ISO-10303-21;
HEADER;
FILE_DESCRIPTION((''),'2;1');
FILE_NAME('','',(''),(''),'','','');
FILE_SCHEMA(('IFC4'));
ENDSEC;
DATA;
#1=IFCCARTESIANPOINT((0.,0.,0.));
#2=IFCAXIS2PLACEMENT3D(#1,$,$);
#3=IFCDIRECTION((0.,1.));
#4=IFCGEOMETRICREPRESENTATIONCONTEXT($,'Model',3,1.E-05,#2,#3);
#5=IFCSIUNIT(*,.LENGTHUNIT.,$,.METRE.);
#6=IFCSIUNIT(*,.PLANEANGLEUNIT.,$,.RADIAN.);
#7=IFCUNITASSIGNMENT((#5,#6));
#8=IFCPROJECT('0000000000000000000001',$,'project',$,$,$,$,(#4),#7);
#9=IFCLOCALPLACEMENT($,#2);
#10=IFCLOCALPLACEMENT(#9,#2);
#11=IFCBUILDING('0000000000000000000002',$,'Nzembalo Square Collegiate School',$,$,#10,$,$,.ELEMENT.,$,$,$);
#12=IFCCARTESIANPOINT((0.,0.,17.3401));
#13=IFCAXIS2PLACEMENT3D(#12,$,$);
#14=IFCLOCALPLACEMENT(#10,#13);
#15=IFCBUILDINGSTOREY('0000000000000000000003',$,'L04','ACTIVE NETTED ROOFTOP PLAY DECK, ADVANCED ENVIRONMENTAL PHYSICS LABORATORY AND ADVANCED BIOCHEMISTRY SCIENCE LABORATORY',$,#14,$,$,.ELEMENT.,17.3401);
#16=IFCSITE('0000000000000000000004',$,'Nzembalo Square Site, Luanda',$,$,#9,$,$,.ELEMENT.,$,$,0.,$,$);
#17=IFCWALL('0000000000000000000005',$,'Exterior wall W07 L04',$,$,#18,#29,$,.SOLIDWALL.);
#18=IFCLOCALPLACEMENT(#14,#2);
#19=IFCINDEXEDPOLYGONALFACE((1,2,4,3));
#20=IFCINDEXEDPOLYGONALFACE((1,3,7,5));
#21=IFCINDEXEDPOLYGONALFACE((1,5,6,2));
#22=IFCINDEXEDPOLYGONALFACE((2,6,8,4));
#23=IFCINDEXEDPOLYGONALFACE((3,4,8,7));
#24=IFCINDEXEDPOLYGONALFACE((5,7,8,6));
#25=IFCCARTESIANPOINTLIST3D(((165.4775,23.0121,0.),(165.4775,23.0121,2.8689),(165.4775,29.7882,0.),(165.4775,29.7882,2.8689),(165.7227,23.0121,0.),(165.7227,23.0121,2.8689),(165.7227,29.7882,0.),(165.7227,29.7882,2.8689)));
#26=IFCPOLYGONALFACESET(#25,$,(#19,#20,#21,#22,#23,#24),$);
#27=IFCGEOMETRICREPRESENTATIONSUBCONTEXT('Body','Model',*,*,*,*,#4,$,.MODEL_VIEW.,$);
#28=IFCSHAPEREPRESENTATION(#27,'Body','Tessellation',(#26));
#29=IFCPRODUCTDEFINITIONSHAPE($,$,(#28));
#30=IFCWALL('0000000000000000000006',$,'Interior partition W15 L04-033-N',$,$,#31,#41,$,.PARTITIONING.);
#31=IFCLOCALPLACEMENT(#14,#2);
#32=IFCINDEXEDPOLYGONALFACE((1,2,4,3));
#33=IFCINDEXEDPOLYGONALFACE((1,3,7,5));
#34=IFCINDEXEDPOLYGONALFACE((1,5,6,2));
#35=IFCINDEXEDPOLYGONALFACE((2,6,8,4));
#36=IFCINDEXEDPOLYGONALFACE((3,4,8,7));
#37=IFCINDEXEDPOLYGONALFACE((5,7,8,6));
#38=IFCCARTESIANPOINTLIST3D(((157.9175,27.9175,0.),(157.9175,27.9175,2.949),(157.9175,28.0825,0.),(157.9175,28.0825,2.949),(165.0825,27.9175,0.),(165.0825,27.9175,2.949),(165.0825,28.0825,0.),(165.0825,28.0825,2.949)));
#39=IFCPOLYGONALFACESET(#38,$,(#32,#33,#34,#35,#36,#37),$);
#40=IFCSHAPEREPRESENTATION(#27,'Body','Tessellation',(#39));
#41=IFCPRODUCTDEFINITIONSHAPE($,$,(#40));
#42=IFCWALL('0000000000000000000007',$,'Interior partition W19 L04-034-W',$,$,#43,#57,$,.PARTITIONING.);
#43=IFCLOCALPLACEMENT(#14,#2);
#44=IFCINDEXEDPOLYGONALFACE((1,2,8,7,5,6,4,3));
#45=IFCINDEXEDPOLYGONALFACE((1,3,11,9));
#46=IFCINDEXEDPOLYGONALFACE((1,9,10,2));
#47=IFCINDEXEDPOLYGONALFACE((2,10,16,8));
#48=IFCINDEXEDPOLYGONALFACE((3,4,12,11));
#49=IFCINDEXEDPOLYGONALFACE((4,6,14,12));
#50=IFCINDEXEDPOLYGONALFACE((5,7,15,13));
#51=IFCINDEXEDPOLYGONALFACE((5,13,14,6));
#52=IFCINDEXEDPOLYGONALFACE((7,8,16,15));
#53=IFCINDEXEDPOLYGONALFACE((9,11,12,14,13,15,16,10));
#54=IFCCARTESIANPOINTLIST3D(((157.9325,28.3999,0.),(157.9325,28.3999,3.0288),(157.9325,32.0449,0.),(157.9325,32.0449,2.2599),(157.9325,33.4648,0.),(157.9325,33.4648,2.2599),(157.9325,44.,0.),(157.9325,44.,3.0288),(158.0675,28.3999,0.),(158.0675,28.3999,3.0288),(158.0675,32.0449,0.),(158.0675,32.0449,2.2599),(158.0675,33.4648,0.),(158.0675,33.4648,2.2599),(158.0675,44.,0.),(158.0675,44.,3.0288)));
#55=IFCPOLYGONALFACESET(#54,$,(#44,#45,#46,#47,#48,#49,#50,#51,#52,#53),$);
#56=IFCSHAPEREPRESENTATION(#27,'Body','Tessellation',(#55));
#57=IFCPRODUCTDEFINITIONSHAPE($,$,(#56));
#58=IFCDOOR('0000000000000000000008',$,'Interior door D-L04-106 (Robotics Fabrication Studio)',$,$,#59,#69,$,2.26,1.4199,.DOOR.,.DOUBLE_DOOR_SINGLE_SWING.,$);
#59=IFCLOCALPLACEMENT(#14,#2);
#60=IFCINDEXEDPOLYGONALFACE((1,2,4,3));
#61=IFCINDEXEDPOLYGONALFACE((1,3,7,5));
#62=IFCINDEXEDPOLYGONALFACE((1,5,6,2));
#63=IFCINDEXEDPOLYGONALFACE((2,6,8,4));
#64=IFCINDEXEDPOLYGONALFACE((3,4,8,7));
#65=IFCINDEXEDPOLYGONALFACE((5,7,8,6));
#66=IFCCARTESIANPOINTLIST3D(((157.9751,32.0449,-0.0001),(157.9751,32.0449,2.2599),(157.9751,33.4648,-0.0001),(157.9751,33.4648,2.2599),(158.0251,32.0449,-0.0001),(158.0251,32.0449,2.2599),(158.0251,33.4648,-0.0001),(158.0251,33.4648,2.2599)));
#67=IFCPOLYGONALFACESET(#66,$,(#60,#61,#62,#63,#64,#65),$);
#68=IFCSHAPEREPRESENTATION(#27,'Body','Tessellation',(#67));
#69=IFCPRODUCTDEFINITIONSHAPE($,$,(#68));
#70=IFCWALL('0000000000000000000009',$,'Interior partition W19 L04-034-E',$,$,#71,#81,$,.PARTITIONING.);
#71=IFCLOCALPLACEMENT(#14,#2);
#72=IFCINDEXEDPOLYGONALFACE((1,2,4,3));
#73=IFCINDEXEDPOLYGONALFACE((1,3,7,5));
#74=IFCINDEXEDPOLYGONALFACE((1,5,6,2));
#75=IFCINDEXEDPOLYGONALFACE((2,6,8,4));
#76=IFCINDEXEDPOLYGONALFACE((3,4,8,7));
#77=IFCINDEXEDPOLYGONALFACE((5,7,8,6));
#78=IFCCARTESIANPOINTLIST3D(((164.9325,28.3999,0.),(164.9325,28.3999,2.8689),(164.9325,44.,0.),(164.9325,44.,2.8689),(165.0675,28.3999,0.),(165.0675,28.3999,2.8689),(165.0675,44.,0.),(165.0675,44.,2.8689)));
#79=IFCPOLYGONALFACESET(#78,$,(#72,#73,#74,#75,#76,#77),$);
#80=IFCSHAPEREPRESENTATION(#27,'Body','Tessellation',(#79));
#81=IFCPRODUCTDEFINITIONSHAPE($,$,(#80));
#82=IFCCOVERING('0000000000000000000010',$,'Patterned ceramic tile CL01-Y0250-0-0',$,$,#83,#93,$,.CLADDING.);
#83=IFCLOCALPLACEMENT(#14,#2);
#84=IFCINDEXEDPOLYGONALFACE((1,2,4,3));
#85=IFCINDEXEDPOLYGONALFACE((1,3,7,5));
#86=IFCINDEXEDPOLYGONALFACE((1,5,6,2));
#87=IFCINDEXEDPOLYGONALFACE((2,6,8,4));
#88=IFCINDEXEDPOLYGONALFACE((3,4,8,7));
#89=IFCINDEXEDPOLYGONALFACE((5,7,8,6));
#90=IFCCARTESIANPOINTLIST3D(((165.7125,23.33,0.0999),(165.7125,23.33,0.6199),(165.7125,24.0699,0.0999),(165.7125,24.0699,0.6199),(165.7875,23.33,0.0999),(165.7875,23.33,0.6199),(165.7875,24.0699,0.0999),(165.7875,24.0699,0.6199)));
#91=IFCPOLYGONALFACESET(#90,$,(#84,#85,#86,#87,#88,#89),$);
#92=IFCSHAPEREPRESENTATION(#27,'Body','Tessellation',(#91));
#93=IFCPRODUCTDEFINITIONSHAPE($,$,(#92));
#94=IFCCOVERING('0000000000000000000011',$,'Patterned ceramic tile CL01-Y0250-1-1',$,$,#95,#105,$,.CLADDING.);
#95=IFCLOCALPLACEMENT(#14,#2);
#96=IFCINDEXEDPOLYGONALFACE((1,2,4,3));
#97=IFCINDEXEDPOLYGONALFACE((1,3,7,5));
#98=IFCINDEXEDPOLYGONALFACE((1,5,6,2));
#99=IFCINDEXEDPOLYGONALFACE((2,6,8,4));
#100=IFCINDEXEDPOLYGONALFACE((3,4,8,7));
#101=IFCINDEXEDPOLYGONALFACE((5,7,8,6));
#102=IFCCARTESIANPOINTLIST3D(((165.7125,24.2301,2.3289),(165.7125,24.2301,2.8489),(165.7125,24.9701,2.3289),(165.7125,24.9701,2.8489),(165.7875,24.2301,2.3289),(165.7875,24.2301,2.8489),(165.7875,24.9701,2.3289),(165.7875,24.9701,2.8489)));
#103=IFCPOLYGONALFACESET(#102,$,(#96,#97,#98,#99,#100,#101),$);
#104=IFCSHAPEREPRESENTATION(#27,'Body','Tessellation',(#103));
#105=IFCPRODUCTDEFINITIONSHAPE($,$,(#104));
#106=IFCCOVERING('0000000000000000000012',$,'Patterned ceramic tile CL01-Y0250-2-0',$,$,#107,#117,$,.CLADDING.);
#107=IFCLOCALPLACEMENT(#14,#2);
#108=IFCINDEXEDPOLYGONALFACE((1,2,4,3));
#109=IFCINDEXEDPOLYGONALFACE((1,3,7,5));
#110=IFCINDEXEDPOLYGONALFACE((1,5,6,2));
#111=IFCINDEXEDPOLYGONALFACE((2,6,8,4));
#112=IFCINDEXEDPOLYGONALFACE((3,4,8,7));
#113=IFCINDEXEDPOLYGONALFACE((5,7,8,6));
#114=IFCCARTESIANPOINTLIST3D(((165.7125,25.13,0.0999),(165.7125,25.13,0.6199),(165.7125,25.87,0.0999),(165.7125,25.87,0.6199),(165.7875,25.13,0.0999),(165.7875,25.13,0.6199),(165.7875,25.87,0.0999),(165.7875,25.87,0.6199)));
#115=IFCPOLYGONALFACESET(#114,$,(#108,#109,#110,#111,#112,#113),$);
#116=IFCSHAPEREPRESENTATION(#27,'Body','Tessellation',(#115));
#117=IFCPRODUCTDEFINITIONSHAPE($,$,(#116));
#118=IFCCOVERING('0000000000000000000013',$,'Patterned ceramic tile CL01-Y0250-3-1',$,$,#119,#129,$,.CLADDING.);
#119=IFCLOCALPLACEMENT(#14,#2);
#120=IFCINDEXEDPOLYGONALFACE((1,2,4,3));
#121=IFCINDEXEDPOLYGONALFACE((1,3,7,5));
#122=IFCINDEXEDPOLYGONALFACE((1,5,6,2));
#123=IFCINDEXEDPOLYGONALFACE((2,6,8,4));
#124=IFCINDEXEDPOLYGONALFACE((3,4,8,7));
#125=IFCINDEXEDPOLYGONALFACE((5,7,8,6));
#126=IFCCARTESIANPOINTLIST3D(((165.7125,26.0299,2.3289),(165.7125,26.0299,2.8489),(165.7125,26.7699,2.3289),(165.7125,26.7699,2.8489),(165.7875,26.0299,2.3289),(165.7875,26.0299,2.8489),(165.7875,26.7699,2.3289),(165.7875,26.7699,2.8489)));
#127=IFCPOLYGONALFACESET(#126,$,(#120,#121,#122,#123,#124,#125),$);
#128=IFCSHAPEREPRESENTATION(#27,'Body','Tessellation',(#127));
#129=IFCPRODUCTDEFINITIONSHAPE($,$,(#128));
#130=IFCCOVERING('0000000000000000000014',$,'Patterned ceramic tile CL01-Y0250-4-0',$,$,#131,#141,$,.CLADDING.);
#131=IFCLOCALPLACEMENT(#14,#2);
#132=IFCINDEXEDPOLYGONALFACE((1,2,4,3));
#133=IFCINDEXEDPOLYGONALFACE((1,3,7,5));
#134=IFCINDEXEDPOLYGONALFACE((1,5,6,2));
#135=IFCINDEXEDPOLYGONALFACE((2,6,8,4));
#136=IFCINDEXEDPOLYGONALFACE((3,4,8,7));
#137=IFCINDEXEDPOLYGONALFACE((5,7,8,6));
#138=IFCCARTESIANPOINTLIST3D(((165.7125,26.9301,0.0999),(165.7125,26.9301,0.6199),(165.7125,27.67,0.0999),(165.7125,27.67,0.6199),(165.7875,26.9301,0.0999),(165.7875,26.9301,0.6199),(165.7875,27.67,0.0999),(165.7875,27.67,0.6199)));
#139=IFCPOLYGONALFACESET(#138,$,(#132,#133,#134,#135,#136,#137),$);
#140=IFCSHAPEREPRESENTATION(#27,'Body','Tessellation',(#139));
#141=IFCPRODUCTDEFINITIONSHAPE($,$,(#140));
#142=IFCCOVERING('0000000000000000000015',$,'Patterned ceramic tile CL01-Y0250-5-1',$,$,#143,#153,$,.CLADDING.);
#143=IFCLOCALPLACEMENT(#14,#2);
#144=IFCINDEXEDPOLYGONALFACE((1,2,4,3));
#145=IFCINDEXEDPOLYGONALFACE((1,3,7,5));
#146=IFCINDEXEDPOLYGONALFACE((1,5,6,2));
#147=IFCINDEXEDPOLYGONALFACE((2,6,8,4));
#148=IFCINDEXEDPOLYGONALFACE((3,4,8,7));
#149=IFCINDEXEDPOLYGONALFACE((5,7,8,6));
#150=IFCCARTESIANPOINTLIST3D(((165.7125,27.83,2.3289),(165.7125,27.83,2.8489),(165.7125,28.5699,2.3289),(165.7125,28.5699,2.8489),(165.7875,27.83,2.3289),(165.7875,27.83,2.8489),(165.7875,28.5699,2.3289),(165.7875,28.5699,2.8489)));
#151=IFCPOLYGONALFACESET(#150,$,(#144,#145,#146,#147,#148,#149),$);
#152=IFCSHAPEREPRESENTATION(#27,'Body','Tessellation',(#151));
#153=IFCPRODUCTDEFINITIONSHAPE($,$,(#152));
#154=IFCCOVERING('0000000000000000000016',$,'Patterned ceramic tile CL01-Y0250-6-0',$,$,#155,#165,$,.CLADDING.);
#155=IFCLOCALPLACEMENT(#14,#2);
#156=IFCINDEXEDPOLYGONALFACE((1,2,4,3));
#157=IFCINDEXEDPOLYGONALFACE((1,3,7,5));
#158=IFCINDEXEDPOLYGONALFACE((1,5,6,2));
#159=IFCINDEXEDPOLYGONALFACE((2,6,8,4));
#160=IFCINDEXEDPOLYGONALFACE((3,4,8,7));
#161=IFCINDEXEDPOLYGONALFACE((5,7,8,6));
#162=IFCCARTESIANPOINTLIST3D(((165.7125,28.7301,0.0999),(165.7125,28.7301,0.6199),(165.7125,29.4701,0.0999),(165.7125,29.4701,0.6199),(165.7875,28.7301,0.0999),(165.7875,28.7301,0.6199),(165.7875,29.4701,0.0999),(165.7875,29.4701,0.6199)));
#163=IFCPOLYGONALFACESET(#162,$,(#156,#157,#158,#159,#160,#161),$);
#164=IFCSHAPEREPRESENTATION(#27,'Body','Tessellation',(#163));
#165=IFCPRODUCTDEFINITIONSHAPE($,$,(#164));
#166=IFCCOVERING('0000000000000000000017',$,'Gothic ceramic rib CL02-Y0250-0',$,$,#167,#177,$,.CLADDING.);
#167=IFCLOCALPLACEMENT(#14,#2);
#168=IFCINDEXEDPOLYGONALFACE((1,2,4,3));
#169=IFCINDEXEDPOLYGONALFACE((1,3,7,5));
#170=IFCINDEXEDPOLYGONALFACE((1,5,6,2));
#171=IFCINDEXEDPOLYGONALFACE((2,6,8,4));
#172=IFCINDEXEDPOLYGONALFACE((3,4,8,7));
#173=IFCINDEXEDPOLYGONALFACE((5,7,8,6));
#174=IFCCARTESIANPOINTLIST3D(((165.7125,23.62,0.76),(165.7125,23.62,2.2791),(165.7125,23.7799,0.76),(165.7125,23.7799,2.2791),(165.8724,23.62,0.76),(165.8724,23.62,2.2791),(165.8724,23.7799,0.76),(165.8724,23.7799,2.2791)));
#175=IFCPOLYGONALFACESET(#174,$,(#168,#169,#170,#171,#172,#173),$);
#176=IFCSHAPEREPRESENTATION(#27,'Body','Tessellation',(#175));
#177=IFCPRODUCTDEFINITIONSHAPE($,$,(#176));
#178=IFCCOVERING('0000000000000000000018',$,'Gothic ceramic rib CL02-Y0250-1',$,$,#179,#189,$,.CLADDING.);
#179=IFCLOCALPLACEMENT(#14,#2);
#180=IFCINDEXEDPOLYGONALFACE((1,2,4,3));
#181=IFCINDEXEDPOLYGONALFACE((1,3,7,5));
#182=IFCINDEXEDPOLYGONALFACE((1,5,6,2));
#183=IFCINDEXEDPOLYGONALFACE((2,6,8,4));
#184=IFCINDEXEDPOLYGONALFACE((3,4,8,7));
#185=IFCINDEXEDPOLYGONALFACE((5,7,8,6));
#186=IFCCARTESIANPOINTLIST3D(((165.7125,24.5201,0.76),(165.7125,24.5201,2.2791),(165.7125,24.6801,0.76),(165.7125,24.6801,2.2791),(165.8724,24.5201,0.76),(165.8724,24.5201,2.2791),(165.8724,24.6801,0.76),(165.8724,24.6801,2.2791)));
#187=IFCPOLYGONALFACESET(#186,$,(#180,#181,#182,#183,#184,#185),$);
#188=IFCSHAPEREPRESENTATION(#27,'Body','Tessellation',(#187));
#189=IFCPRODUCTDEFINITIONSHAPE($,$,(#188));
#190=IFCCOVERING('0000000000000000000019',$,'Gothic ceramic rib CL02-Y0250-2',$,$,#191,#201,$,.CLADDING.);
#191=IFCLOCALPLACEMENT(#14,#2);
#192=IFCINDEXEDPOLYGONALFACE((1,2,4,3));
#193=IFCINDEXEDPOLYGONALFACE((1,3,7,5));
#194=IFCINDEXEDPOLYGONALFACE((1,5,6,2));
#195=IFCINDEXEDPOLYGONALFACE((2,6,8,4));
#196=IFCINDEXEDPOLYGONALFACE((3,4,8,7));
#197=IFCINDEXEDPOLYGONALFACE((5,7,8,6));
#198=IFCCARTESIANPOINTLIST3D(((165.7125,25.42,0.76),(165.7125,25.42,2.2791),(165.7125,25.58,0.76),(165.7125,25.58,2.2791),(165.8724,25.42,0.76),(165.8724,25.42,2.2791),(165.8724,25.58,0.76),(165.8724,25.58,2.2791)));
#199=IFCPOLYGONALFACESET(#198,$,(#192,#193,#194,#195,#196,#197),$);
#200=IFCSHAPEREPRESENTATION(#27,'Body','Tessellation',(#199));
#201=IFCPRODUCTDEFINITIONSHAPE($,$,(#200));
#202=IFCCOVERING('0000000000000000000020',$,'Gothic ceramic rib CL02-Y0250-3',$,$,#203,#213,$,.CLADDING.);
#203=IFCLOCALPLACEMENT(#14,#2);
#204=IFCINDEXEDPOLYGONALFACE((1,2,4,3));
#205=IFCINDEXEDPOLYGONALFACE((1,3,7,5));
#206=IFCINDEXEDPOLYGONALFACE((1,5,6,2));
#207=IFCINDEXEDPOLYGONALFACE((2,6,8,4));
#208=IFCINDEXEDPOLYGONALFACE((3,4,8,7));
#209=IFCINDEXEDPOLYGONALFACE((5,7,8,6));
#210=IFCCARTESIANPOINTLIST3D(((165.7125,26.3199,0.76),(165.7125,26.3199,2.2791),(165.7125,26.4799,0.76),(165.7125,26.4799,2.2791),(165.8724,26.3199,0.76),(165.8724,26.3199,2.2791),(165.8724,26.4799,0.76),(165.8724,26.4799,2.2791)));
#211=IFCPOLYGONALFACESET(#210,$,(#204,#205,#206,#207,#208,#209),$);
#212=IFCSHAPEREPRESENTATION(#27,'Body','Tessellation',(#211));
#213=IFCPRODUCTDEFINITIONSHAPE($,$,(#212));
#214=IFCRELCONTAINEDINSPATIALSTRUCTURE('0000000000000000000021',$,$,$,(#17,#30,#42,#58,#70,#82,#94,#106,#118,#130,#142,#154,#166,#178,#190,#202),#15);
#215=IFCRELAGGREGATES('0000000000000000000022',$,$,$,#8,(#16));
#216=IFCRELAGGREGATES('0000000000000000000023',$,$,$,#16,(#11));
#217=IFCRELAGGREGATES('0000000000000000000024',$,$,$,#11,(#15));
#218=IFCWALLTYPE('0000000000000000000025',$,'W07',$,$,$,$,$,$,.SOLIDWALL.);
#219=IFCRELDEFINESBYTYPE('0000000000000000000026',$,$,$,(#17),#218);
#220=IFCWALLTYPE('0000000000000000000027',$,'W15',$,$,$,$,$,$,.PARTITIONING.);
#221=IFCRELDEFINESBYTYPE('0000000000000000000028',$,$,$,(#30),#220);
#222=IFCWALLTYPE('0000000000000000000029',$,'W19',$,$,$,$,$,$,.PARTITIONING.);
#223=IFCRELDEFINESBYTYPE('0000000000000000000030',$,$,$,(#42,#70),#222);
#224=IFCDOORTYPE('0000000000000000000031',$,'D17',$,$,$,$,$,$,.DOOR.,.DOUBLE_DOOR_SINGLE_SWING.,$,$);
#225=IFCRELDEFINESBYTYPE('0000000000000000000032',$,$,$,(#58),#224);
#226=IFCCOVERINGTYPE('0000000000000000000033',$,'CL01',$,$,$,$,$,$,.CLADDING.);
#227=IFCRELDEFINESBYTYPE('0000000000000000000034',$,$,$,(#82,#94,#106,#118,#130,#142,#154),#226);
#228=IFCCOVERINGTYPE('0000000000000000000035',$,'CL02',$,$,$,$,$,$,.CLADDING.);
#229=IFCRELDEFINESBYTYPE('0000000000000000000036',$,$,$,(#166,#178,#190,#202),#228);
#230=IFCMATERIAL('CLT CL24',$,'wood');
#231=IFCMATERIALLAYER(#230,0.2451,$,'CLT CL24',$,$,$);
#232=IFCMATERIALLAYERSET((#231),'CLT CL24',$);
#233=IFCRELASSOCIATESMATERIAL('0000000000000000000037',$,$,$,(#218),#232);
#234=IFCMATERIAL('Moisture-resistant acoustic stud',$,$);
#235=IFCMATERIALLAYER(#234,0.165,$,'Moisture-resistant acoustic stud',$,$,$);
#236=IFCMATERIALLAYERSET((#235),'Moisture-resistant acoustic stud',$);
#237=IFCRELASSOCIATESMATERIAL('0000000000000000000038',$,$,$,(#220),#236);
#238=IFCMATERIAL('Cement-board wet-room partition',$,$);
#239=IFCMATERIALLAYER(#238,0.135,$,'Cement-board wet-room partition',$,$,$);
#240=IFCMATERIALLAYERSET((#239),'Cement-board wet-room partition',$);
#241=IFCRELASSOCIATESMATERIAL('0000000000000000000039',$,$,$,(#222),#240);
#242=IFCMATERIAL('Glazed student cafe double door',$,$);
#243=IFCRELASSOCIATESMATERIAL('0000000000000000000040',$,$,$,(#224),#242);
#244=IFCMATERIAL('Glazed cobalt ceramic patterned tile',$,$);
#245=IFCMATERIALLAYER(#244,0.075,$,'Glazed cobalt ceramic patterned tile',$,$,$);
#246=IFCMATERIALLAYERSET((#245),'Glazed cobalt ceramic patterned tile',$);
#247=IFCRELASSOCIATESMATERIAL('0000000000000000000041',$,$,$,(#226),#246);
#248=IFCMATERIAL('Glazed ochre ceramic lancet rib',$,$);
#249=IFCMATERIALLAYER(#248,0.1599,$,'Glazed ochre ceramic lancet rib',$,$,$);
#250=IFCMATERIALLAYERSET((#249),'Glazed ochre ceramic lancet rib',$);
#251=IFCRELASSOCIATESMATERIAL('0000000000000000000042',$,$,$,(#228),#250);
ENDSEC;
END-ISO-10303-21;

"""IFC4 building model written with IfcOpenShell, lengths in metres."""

from ifc_helpers import new_model, si_unit, direction, frame, frame_2d, origin, origin_2d, place, context, subcontext, project, spatial, rectangle, extrude, material, layer, layer_set, type_object, element, fill, save


model = new_model("IFC4")

# Units and contexts
model_context = context("Model", 3, precision=1e-05, world=origin(), true_north=direction((0.0, 1.0)))
body_context = subcontext(model_context, "Body", "Model", "MODEL_VIEW")
ifc_project = project(units=[si_unit("LENGTHUNIT", "METRE"), si_unit("PLANEANGLEUNIT", "RADIAN")], contexts=[model_context])

# Site, building, storey
site_placement = place(None, origin())
site = spatial("IfcSite", under=ifc_project, at=site_placement, Name="Nzembalo Square Site, Luanda", CompositionType="ELEMENT", RefElevation=0.0)
building_placement = place(site_placement, origin())
building = spatial("IfcBuilding", under=site, at=building_placement, Name="Nzembalo Square Collegiate School", CompositionType="ELEMENT")
storey_placement = place(building_placement, frame((0.0, 0.0, 17.3401)))
storey = spatial("IfcBuildingStorey", under=building, at=storey_placement, Name="L04", Description="ACTIVE NETTED ROOFTOP PLAY DECK, ADVANCED ENVIRONMENTAL PHYSICS LABORATORY AND ADVANCED BIOCHEMISTRY SCIENCE LABORATORY", CompositionType="ELEMENT", Elevation=17.3401)

# Walls
ifc_material_1 = material(Name="CLT CL24", Category="wood")
ifc_layer_1 = layer(ifc_material_1, 0.2451, Name="CLT CL24")
ifc_layer_set_1 = layer_set([ifc_layer_1], Name="CLT CL24")
wall_type_1 = type_object("IfcWallType", Name="W07", PredefinedType="SOLIDWALL", material=ifc_layer_set_1)
wall_1_placement = place(storey_placement, frame((165.6001, 23.012, 0.0), z_axis=(0.0, 0.0, 1.0), x_axis=(0.0, 1.0, 0.0)))
element("IfcWall", 1, at=wall_1_placement, inside=storey, type_object=wall_type_1, Name="Exterior wall W07 L04", PredefinedType="SOLIDWALL", context=body_context, shape_type="SweptSolid", body=[
    extrude(rectangle(XDim=6.7761, YDim=0.2451, at=frame_2d((3.3882, 0.0))), origin(), (0.0, 0.0, 1.0), 2.8689),
])
ifc_material_2 = material(Name="Moisture-resistant acoustic stud")
ifc_layer_2 = layer(ifc_material_2, 0.165, Name="Moisture-resistant acoustic stud")
ifc_layer_set_2 = layer_set([ifc_layer_2], Name="Moisture-resistant acoustic stud")
wall_type_2 = type_object("IfcWallType", Name="W15", PredefinedType="PARTITIONING", material=ifc_layer_set_2)
wall_2_placement = place(storey_placement, frame((157.9175, 28.0, 0.0), z_axis=(0.0, 0.0, 1.0), x_axis=(1.0, 0.0, 0.0)))
element("IfcWall", 2, at=wall_2_placement, inside=storey, type_object=wall_type_2, Name="Interior partition W15 L04-033-N", PredefinedType="PARTITIONING", context=body_context, shape_type="SweptSolid", body=[
    extrude(rectangle(XDim=7.165, YDim=0.165, at=frame_2d((3.5825, 0.0))), origin(), (0.0, 0.0, 1.0), 2.949),
])

# Wall, opening, door
ifc_material_3 = material(Name="Cement-board wet-room partition")
ifc_layer_3 = layer(ifc_material_3, 0.135, Name="Cement-board wet-room partition")
ifc_layer_set_3 = layer_set([ifc_layer_3], Name="Cement-board wet-room partition")
wall_type_3 = type_object("IfcWallType", Name="W19", PredefinedType="PARTITIONING", material=ifc_layer_set_3)
wall_3_placement = place(storey_placement, frame((158.0, 28.3999, 0.0), z_axis=(0.0, 0.0, 1.0), x_axis=(0.0, 1.0, 0.0)))
wall_3 = element("IfcWall", 3, at=wall_3_placement, inside=storey, type_object=wall_type_3, Name="Interior partition W19 L04-034-W", PredefinedType="PARTITIONING", context=body_context, shape_type="SweptSolid", body=[
    extrude(rectangle(XDim=15.6001, YDim=0.135, at=frame_2d((7.8, 0.0))), origin(), (0.0, 0.0, 1.0), 3.0288),
])
opening_placement = place(wall_3_placement, frame((3.645, 0.0, 0.0)))
opening = element("IfcOpeningElement", 4, at=opening_placement, cuts=wall_3, PredefinedType="OPENING", context=body_context, shape_type="SweptSolid", body=[
    extrude(rectangle(XDim=1.4199, YDim=2.26, at=frame_2d((0.71, 1.1299))), frame((0.0, 0.0776, 0.0), z_axis=(0.0, -1.0, 0.0), x_axis=(1.0, 0.0, 0.0)), (0.0, 0.0, 1.0), 0.155),
])
ifc_material_4 = material(Name="Glazed student cafe double door")
door_type = type_object("IfcDoorType", Name="D17", OperationType="DOUBLE_DOOR_SINGLE_SWING", PredefinedType="DOOR", material=ifc_material_4)
door_placement = place(opening_placement, origin())
door = element("IfcDoor", 5, at=door_placement, inside=storey, type_object=door_type, Name="Interior door D-L04-106 (Robotics Fabrication Studio)", OperationType="DOUBLE_DOOR_SINGLE_SWING", OverallHeight=2.26, OverallWidth=1.4199, PredefinedType="DOOR", context=body_context, shape_type="SweptSolid", body=[
    extrude(rectangle(XDim=1.4199, YDim=2.26, at=frame_2d((0.71, 1.1299))), frame((0.0, 0.0249, 0.0), z_axis=(0.0, -1.0, 0.0), x_axis=(1.0, 0.0, 0.0)), (0.0, 0.0, 1.0), 0.05),
])
fill(opening, door)

# Wall
wall_4_placement = place(storey_placement, frame((165.0, 28.3999, 0.0), z_axis=(0.0, 0.0, 1.0), x_axis=(0.0, 1.0, 0.0)))
element("IfcWall", 6, at=wall_4_placement, inside=storey, type_object=wall_type_3, Name="Interior partition W19 L04-034-E", PredefinedType="PARTITIONING", context=body_context, shape_type="SweptSolid", body=[
    extrude(rectangle(XDim=15.6001, YDim=0.135, at=frame_2d((7.8, 0.0))), origin(), (0.0, 0.0, 1.0), 2.8689),
])

# Coverings
ifc_material_5 = material(Name="Glazed cobalt ceramic patterned tile")
ifc_layer_4 = layer(ifc_material_5, 0.075, Name="Glazed cobalt ceramic patterned tile")
ifc_layer_set_4 = layer_set([ifc_layer_4], Name="Glazed cobalt ceramic patterned tile")
covering_type_1 = type_object("IfcCoveringType", Name="CL01", PredefinedType="CLADDING", material=ifc_layer_set_4)
for number, where, z_axis, x_axis, name in (
    (7, (165.75, 23.7, 0.0999), (0.0, 0.0, 1.0), (1.0, 0.0, 0.0), "Patterned ceramic tile CL01-Y0250-0-0"),
    (8, (165.75, 24.6001, 2.3289), (0.0, 0.0, 1.0), (1.0, 0.0, 0.0), "Patterned ceramic tile CL01-Y0250-1-1"),
    (9, (165.75, 25.5, 0.0999), (0.0, 0.0, 1.0), (1.0, 0.0, 0.0), "Patterned ceramic tile CL01-Y0250-2-0"),
    (10, (165.75, 26.3999, 2.3289), (0.0, 0.0, 1.0), (1.0, 0.0, 0.0), "Patterned ceramic tile CL01-Y0250-3-1"),
    (11, (165.75, 27.3, 0.0999), (0.0, 0.0, 1.0), (1.0, 0.0, 0.0), "Patterned ceramic tile CL01-Y0250-4-0"),
    (12, (165.75, 28.2, 2.3289), (0.0, 0.0, 1.0), (1.0, 0.0, 0.0), "Patterned ceramic tile CL01-Y0250-5-1"),
    (13, (165.75, 29.1001, 0.0999), (0.0, 0.0, 1.0), (1.0, 0.0, 0.0), "Patterned ceramic tile CL01-Y0250-6-0"),
):
    element("IfcCovering", number, at=place(storey_placement, frame(where, z_axis=z_axis, x_axis=x_axis)), inside=storey, type_object=covering_type_1, Name=name, PredefinedType="CLADDING", context=body_context, shape_type="SweptSolid", body=[
        extrude(rectangle(XDim=0.075, YDim=0.74, at=origin_2d()), origin(), (0.0, 0.0, 1.0), 0.52),
    ])
ifc_material_6 = material(Name="Glazed ochre ceramic lancet rib")
ifc_layer_5 = layer(ifc_material_6, 0.1599, Name="Glazed ochre ceramic lancet rib")
ifc_layer_set_5 = layer_set([ifc_layer_5], Name="Glazed ochre ceramic lancet rib")
covering_type_2 = type_object("IfcCoveringType", Name="CL02", PredefinedType="CLADDING", material=ifc_layer_set_5)
for number, where, z_axis, x_axis, name in (
    (14, (165.7925, 23.7, 0.76), (0.0, 0.0, 1.0), (1.0, 0.0, 0.0), "Gothic ceramic rib CL02-Y0250-0"),
    (15, (165.7925, 24.6001, 0.76), (0.0, 0.0, 1.0), (1.0, 0.0, 0.0), "Gothic ceramic rib CL02-Y0250-1"),
    (16, (165.7925, 25.5, 0.76), (0.0, 0.0, 1.0), (1.0, 0.0, 0.0), "Gothic ceramic rib CL02-Y0250-2"),
    (17, (165.7925, 26.3999, 0.76), (0.0, 0.0, 1.0), (1.0, 0.0, 0.0), "Gothic ceramic rib CL02-Y0250-3"),
):
    element("IfcCovering", number, at=place(storey_placement, frame(where, z_axis=z_axis, x_axis=x_axis)), inside=storey, type_object=covering_type_2, Name=name, PredefinedType="CLADDING", context=body_context, shape_type="SweptSolid", body=[
        extrude(rectangle(XDim=0.1599, YDim=0.1599, at=origin_2d()), origin(), (0.0, 0.0, 1.0), 1.519),
    ])

save(model, "model.ifc")
